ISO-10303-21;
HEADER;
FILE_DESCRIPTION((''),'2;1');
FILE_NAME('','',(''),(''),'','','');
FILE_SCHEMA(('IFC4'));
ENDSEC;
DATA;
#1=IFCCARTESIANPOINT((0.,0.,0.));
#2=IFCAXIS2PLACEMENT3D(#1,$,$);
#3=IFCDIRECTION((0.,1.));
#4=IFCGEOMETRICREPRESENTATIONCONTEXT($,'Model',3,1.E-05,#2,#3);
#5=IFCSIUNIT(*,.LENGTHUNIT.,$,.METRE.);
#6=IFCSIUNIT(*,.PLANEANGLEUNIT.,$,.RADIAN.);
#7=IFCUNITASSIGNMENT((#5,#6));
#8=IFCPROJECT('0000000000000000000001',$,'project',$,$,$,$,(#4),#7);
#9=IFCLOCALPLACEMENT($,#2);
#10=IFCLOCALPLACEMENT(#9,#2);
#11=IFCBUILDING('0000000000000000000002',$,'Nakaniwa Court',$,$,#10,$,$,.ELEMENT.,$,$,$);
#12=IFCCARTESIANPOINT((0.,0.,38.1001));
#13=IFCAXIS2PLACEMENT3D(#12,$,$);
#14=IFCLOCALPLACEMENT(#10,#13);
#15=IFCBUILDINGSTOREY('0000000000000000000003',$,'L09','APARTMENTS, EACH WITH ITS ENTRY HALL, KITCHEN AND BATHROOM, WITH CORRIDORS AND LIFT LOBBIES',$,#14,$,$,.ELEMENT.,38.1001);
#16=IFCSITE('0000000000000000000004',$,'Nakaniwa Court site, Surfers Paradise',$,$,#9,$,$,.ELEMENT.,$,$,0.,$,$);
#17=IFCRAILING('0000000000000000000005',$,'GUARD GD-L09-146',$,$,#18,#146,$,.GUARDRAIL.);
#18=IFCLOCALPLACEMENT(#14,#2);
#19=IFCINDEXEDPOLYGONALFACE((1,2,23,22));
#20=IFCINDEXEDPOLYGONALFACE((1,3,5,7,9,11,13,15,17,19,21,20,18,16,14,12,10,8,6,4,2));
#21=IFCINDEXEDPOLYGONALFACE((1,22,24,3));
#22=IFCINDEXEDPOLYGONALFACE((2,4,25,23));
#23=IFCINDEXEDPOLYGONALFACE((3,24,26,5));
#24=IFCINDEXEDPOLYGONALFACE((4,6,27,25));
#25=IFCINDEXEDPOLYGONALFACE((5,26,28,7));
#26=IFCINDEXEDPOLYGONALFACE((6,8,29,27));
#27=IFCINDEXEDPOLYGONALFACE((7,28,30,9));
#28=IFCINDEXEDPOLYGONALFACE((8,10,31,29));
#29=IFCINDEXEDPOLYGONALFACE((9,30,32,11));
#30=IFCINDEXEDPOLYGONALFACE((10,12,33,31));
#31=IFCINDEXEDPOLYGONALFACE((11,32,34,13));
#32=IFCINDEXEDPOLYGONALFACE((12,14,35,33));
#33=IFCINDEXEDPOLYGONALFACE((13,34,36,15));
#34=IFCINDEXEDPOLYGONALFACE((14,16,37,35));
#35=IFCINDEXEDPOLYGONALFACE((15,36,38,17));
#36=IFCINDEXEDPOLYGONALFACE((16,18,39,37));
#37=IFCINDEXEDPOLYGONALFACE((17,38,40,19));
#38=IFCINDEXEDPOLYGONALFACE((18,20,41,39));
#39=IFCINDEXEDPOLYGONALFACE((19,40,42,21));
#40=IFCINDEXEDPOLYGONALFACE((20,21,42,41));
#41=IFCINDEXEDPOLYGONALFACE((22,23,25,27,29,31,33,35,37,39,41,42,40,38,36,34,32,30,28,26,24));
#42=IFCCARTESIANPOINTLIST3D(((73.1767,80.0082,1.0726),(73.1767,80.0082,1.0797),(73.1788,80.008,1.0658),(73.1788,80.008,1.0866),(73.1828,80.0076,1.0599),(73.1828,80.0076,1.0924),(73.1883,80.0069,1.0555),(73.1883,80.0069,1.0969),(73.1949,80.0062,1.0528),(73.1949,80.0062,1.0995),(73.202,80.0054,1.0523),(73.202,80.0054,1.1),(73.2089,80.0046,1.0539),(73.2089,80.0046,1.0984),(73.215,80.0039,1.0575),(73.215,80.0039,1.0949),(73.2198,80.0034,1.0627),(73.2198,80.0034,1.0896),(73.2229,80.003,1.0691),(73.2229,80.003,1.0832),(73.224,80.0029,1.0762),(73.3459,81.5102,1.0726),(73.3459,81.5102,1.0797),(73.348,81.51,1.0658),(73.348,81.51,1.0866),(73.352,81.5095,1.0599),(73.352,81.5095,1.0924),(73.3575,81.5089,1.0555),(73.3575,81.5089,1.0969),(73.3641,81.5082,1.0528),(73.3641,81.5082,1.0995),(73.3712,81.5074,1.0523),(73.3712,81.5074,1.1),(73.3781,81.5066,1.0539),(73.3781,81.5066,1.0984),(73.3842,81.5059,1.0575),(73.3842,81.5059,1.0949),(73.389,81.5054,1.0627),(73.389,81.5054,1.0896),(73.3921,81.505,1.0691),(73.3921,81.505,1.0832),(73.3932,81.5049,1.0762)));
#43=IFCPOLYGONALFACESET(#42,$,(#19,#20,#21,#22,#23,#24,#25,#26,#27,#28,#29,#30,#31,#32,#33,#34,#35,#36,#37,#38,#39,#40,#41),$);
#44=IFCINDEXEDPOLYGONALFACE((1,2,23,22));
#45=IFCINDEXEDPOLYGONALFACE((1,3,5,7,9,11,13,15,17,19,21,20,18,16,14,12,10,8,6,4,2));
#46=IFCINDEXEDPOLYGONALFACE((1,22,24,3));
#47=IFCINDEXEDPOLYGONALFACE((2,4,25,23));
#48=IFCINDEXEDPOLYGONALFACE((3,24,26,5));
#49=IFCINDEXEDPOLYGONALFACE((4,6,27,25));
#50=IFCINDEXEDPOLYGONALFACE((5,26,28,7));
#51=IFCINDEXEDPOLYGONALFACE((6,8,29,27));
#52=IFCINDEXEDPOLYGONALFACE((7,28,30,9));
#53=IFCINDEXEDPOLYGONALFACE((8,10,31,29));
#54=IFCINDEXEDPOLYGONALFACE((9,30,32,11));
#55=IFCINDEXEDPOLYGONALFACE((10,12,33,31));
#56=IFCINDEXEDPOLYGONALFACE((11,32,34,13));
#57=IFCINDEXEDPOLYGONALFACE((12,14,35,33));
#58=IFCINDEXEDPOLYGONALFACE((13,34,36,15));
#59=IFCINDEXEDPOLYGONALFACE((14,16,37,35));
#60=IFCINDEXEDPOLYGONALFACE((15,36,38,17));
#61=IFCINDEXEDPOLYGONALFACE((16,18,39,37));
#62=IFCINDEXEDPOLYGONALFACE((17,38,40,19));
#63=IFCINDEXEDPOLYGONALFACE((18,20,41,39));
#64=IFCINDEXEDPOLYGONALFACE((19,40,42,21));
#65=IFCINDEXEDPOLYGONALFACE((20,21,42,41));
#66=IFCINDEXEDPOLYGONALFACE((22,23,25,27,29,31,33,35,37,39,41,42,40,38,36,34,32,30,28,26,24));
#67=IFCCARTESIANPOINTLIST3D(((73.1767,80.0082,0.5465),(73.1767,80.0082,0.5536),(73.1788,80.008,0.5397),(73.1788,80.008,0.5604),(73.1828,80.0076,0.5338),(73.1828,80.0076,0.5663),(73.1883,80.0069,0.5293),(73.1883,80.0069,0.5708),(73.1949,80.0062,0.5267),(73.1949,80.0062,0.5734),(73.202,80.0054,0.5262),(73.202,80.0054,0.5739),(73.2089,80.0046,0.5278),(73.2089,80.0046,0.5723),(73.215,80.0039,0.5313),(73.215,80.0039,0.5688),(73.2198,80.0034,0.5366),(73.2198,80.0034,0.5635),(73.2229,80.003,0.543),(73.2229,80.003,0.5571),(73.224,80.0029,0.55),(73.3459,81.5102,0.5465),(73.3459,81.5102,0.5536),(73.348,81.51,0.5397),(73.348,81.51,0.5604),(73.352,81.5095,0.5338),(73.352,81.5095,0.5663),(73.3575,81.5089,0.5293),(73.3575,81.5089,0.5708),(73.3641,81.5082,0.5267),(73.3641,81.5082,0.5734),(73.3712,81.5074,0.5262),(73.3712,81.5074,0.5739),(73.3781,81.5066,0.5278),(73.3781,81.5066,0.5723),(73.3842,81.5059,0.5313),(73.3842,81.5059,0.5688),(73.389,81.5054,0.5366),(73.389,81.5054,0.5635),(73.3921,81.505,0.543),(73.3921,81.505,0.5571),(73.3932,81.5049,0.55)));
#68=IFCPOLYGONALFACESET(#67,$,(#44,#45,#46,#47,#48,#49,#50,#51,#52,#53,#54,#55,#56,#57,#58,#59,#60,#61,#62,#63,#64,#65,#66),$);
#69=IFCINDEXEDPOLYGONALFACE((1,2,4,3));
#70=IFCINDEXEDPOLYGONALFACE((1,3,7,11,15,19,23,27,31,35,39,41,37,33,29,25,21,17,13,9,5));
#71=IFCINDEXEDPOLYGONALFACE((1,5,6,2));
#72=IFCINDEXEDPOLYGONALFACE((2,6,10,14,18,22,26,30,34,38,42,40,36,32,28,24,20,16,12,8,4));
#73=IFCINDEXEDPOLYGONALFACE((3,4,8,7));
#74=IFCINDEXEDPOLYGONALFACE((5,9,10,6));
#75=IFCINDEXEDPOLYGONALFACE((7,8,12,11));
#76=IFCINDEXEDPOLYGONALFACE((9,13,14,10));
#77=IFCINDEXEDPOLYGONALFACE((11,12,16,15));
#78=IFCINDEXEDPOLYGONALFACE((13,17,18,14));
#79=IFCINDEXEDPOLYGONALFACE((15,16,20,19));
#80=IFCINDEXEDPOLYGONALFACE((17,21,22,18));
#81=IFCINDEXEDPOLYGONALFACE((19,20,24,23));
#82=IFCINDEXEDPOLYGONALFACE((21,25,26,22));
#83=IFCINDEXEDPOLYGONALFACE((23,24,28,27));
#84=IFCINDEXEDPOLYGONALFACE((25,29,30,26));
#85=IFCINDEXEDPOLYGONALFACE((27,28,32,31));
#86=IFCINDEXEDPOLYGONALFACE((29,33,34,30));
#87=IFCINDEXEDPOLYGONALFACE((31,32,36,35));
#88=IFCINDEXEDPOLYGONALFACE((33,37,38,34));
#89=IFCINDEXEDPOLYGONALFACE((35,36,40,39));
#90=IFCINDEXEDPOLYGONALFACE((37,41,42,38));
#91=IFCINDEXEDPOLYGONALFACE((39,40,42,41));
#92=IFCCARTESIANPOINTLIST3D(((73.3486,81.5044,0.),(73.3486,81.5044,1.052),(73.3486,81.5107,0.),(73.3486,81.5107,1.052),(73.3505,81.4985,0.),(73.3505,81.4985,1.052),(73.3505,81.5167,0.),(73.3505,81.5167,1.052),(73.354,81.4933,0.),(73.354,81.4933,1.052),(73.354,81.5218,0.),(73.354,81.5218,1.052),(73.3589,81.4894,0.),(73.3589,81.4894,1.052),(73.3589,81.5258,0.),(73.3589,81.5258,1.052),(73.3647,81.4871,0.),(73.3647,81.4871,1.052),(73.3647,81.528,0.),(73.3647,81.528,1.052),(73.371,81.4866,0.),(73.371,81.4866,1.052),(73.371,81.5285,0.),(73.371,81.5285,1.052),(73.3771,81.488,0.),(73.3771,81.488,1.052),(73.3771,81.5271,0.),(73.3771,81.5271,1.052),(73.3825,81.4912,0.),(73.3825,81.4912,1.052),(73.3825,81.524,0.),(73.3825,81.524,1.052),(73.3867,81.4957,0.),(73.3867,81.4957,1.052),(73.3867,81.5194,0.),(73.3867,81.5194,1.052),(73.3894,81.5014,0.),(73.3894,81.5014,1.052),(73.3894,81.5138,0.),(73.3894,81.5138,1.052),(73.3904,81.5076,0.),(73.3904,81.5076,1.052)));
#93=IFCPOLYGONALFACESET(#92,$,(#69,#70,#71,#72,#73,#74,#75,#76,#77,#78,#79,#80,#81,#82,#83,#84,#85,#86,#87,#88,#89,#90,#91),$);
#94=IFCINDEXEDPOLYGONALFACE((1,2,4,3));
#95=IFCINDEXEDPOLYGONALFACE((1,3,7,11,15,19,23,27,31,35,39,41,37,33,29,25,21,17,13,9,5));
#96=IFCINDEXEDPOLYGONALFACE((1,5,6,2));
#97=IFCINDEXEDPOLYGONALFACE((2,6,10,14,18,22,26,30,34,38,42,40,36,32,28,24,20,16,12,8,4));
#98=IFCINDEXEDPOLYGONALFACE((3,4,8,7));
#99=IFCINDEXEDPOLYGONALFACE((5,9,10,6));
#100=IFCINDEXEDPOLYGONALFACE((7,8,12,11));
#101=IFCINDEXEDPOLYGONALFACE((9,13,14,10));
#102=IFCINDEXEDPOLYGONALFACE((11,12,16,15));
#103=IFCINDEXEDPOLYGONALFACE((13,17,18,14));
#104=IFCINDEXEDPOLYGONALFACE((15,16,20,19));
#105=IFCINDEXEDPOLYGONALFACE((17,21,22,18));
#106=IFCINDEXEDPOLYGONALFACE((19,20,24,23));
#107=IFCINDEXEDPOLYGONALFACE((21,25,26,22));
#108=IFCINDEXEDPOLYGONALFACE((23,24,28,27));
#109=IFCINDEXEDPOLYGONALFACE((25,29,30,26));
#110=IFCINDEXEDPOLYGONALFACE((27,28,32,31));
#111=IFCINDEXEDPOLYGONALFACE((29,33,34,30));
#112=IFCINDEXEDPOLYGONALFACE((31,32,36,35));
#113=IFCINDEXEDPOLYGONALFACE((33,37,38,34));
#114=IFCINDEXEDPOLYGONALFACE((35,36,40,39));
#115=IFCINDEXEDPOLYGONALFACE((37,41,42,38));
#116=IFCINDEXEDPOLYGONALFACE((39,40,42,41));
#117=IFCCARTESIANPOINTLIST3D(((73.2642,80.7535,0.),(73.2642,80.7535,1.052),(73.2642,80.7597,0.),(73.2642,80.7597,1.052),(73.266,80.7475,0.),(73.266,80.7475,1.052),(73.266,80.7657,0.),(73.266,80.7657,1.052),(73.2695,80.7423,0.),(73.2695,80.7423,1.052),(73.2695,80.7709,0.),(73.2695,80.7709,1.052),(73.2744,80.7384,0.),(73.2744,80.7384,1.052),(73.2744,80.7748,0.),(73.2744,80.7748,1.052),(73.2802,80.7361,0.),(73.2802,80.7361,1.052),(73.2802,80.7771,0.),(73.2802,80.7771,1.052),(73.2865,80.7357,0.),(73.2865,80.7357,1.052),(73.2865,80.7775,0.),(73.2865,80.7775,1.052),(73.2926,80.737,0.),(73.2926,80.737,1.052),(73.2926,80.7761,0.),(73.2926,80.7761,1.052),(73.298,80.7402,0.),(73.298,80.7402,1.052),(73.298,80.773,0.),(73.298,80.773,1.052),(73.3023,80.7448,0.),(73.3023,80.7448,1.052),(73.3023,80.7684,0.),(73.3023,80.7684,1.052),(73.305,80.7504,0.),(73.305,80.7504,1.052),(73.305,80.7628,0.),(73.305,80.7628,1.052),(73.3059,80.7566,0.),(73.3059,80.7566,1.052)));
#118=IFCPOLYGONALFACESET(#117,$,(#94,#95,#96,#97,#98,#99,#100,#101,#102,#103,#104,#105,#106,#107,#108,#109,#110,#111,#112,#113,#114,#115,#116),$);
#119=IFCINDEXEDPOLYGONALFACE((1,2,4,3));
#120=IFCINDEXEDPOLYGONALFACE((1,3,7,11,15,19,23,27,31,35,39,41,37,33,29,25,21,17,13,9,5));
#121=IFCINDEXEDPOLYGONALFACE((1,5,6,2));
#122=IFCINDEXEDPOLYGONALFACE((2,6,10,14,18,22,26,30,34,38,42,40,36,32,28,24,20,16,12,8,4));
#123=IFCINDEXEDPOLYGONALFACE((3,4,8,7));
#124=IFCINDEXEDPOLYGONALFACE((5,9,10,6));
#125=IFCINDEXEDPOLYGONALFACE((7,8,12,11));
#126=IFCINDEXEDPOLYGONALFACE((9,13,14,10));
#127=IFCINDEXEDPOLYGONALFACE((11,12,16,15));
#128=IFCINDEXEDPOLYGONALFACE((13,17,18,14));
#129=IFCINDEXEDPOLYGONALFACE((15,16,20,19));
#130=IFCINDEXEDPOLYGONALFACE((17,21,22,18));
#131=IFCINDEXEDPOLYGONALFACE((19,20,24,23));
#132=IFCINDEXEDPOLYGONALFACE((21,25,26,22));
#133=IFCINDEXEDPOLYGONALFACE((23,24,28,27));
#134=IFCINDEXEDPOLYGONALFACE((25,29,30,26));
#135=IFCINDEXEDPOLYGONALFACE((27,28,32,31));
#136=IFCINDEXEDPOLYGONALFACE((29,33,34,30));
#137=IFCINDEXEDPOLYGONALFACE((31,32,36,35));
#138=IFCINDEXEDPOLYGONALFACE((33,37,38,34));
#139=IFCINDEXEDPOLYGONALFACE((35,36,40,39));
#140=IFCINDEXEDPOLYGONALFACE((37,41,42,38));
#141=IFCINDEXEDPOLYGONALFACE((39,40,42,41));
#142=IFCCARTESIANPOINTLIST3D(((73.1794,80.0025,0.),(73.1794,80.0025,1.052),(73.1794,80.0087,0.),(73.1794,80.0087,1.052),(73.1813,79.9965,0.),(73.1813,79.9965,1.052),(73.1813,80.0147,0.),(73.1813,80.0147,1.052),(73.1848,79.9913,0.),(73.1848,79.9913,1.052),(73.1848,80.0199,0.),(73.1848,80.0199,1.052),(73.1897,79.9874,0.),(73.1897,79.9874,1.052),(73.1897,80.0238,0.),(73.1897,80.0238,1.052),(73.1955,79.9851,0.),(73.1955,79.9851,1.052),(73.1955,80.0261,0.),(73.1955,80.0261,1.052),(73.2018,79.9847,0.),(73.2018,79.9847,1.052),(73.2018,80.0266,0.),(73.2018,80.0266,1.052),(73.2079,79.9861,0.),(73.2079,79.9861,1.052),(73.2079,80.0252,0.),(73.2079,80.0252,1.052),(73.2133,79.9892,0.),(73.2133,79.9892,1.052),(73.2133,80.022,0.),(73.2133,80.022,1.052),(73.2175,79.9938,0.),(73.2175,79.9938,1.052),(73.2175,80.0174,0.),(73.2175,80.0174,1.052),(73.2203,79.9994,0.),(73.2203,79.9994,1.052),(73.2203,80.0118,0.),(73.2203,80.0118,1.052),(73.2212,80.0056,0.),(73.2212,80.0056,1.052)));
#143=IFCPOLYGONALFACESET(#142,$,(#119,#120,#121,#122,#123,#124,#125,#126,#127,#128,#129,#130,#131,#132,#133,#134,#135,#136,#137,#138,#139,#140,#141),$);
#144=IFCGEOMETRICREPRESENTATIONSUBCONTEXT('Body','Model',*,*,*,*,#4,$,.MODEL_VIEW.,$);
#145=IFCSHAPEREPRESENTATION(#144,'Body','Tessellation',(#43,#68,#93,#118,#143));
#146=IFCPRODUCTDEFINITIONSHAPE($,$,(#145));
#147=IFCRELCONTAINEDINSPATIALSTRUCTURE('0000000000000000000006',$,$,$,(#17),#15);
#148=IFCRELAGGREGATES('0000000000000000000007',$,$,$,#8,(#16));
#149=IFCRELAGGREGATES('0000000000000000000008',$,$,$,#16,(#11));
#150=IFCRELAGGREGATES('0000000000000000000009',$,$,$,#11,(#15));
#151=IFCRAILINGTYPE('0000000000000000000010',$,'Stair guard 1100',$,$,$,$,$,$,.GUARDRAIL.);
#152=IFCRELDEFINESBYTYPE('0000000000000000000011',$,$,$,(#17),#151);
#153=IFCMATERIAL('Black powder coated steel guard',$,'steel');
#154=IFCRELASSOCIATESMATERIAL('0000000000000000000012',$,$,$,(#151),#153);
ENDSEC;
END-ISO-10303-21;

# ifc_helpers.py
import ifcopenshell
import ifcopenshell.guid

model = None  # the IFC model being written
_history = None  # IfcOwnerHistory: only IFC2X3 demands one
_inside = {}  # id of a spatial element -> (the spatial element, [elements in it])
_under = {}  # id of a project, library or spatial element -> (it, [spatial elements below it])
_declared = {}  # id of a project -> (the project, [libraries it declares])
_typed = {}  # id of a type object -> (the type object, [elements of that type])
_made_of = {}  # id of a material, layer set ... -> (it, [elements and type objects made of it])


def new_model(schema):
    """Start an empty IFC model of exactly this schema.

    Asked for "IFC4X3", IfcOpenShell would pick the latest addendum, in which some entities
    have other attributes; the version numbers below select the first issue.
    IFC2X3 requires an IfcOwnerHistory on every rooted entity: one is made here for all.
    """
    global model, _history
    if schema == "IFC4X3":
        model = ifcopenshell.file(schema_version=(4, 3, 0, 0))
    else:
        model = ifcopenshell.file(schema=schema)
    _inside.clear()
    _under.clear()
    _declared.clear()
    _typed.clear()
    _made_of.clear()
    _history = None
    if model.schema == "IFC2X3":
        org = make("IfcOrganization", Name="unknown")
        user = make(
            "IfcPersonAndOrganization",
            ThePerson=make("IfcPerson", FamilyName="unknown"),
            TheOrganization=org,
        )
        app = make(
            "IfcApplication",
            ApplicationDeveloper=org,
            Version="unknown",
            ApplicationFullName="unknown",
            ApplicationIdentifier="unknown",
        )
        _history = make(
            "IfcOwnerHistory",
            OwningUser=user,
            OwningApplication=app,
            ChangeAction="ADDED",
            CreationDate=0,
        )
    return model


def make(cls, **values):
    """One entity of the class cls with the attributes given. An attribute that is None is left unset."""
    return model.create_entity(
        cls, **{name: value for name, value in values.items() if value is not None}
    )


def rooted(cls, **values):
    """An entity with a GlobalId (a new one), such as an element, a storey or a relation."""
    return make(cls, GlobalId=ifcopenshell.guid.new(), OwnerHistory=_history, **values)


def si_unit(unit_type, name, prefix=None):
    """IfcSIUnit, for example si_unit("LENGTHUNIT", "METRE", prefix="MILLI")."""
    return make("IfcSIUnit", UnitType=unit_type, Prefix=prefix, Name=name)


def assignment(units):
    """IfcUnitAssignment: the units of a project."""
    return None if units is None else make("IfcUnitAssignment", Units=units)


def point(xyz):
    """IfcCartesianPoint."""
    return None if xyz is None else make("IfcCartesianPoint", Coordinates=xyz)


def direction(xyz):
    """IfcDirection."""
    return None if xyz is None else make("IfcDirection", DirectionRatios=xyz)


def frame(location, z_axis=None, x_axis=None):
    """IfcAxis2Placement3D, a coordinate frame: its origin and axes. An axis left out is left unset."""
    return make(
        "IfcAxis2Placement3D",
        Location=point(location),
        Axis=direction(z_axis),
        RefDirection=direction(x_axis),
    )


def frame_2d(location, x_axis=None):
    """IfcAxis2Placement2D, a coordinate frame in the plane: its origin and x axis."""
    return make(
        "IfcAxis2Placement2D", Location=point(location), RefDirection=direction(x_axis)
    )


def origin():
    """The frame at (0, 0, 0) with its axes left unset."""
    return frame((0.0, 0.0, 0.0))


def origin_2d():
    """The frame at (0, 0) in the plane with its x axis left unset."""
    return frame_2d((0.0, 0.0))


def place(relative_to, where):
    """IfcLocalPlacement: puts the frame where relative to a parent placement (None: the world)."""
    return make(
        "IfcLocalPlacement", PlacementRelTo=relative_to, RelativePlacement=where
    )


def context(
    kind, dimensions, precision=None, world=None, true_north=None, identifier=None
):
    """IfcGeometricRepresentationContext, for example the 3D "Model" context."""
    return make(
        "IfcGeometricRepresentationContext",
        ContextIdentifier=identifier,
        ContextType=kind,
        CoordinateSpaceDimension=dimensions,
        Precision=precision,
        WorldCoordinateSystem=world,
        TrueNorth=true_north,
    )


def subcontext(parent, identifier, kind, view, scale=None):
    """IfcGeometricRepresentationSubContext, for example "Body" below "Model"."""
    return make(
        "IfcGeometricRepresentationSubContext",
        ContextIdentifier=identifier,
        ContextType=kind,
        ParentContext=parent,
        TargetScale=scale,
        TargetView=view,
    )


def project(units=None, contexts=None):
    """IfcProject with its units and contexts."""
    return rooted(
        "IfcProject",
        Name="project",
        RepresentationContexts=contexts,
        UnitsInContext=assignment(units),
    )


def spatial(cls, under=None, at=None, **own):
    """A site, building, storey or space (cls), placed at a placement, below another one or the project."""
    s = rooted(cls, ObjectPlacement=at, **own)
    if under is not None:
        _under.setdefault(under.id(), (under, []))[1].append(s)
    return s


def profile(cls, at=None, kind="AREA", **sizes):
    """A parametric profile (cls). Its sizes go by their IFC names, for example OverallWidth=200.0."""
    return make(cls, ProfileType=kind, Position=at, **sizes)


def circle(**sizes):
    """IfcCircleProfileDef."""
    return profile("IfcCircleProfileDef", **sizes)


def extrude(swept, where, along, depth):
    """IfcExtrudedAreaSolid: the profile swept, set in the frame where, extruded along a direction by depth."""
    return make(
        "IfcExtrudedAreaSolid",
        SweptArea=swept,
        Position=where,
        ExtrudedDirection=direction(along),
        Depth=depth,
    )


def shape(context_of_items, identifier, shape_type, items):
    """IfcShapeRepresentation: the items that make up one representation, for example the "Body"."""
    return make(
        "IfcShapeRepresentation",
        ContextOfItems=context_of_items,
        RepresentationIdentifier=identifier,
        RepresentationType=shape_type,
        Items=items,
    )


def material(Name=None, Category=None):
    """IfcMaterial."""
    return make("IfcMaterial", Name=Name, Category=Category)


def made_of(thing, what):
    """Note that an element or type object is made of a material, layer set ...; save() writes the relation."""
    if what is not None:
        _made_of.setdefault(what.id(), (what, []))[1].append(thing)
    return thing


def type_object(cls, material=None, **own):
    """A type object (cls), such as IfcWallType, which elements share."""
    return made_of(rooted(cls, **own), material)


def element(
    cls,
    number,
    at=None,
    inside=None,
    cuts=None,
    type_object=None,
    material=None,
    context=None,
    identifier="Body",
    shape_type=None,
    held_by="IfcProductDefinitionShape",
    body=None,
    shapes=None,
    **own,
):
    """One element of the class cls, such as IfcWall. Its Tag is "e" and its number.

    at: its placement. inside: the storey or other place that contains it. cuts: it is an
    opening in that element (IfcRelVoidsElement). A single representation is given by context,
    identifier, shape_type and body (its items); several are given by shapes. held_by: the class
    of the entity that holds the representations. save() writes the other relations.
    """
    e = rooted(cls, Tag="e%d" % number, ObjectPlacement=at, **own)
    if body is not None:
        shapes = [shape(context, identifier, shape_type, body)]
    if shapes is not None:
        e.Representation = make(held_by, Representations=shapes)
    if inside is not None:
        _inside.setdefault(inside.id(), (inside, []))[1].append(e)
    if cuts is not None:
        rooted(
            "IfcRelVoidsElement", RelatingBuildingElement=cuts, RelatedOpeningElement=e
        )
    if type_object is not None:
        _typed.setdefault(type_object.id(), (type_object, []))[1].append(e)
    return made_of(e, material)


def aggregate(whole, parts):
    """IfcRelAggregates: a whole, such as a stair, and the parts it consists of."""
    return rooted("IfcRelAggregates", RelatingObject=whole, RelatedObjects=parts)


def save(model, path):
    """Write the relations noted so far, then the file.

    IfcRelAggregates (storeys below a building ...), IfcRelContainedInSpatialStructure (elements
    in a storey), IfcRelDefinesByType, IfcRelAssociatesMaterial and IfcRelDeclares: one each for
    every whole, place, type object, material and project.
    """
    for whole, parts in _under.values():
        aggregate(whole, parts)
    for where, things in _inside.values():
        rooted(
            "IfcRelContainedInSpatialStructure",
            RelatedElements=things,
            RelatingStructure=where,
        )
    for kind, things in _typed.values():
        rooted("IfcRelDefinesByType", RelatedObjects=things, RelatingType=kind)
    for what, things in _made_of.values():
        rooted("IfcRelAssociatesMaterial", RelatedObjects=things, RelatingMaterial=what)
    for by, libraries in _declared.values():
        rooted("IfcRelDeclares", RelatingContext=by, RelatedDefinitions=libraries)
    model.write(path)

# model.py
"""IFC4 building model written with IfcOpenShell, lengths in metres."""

from ifc_helpers import new_model, si_unit, direction, frame, origin, origin_2d, place, context, subcontext, project, spatial, circle, extrude, material, type_object, element, save


model = new_model("IFC4")

# Units and contexts
model_context = context("Model", 3, precision=1e-05, world=origin(), true_north=direction((0.0, 1.0)))
body_context = subcontext(model_context, "Body", "Model", "MODEL_VIEW")
ifc_project = project(units=[si_unit("LENGTHUNIT", "METRE"), si_unit("PLANEANGLEUNIT", "RADIAN")], contexts=[model_context])

# Site, building, storey
site_placement = place(None, origin())
site = spatial("IfcSite", under=ifc_project, at=site_placement, Name="Nakaniwa Court site, Surfers Paradise", CompositionType="ELEMENT", RefElevation=0.0)
building_placement = place(site_placement, origin())
building = spatial("IfcBuilding", under=site, at=building_placement, Name="Nakaniwa Court", CompositionType="ELEMENT")
storey_placement = place(building_placement, frame((0.0, 0.0, 38.1001)))
storey = spatial("IfcBuildingStorey", under=building, at=storey_placement, Name="L09", Description="APARTMENTS, EACH WITH ITS ENTRY HALL, KITCHEN AND BATHROOM, WITH CORRIDORS AND LIFT LOBBIES", CompositionType="ELEMENT", Elevation=38.1001)

# Railing
ifc_material_1 = material(Name="Black powder coated steel guard", Category="steel")
railing_type = type_object("IfcRailingType", Name="Stair guard 1100", PredefinedType="GUARDRAIL", material=ifc_material_1)
railing_1_placement = place(storey_placement, frame((73.3694, 81.5076, 0.0)))
element("IfcRailing", 1, at=railing_1_placement, inside=storey, type_object=railing_type, Name="GUARD GD-L09-146", PredefinedType="GUARDRAIL", context=body_context, shape_type="SweptSolid", body=[
    extrude(circle(Radius=0.0239, at=origin_2d()), frame((0.0, 0.0, 1.0762), z_axis=(-0.111938, -0.993715, 0.0), x_axis=(0.993715, -0.111938, 0.0)), (0.0, 0.0, 1.0), 1.5115),
    extrude(circle(Radius=0.0239, at=origin_2d()), frame((0.0, 0.0, 0.55), z_axis=(-0.111938, -0.993715, 0.0), x_axis=(0.993715, -0.111938, 0.0)), (0.0, 0.0, 1.0), 1.5115),
    extrude(circle(Radius=0.021, at=origin_2d()), origin(), (0.0, 0.0, 1.0), 1.052),
    extrude(circle(Radius=0.021, at=origin_2d()), frame((-0.0845, -0.751, 0.0)), (0.0, 0.0, 1.0), 1.052),
    extrude(circle(Radius=0.021, at=origin_2d()), frame((-0.1692, -1.502, 0.0)), (0.0, 0.0, 1.0), 1.052),
])

save(model, "model.ifc")
